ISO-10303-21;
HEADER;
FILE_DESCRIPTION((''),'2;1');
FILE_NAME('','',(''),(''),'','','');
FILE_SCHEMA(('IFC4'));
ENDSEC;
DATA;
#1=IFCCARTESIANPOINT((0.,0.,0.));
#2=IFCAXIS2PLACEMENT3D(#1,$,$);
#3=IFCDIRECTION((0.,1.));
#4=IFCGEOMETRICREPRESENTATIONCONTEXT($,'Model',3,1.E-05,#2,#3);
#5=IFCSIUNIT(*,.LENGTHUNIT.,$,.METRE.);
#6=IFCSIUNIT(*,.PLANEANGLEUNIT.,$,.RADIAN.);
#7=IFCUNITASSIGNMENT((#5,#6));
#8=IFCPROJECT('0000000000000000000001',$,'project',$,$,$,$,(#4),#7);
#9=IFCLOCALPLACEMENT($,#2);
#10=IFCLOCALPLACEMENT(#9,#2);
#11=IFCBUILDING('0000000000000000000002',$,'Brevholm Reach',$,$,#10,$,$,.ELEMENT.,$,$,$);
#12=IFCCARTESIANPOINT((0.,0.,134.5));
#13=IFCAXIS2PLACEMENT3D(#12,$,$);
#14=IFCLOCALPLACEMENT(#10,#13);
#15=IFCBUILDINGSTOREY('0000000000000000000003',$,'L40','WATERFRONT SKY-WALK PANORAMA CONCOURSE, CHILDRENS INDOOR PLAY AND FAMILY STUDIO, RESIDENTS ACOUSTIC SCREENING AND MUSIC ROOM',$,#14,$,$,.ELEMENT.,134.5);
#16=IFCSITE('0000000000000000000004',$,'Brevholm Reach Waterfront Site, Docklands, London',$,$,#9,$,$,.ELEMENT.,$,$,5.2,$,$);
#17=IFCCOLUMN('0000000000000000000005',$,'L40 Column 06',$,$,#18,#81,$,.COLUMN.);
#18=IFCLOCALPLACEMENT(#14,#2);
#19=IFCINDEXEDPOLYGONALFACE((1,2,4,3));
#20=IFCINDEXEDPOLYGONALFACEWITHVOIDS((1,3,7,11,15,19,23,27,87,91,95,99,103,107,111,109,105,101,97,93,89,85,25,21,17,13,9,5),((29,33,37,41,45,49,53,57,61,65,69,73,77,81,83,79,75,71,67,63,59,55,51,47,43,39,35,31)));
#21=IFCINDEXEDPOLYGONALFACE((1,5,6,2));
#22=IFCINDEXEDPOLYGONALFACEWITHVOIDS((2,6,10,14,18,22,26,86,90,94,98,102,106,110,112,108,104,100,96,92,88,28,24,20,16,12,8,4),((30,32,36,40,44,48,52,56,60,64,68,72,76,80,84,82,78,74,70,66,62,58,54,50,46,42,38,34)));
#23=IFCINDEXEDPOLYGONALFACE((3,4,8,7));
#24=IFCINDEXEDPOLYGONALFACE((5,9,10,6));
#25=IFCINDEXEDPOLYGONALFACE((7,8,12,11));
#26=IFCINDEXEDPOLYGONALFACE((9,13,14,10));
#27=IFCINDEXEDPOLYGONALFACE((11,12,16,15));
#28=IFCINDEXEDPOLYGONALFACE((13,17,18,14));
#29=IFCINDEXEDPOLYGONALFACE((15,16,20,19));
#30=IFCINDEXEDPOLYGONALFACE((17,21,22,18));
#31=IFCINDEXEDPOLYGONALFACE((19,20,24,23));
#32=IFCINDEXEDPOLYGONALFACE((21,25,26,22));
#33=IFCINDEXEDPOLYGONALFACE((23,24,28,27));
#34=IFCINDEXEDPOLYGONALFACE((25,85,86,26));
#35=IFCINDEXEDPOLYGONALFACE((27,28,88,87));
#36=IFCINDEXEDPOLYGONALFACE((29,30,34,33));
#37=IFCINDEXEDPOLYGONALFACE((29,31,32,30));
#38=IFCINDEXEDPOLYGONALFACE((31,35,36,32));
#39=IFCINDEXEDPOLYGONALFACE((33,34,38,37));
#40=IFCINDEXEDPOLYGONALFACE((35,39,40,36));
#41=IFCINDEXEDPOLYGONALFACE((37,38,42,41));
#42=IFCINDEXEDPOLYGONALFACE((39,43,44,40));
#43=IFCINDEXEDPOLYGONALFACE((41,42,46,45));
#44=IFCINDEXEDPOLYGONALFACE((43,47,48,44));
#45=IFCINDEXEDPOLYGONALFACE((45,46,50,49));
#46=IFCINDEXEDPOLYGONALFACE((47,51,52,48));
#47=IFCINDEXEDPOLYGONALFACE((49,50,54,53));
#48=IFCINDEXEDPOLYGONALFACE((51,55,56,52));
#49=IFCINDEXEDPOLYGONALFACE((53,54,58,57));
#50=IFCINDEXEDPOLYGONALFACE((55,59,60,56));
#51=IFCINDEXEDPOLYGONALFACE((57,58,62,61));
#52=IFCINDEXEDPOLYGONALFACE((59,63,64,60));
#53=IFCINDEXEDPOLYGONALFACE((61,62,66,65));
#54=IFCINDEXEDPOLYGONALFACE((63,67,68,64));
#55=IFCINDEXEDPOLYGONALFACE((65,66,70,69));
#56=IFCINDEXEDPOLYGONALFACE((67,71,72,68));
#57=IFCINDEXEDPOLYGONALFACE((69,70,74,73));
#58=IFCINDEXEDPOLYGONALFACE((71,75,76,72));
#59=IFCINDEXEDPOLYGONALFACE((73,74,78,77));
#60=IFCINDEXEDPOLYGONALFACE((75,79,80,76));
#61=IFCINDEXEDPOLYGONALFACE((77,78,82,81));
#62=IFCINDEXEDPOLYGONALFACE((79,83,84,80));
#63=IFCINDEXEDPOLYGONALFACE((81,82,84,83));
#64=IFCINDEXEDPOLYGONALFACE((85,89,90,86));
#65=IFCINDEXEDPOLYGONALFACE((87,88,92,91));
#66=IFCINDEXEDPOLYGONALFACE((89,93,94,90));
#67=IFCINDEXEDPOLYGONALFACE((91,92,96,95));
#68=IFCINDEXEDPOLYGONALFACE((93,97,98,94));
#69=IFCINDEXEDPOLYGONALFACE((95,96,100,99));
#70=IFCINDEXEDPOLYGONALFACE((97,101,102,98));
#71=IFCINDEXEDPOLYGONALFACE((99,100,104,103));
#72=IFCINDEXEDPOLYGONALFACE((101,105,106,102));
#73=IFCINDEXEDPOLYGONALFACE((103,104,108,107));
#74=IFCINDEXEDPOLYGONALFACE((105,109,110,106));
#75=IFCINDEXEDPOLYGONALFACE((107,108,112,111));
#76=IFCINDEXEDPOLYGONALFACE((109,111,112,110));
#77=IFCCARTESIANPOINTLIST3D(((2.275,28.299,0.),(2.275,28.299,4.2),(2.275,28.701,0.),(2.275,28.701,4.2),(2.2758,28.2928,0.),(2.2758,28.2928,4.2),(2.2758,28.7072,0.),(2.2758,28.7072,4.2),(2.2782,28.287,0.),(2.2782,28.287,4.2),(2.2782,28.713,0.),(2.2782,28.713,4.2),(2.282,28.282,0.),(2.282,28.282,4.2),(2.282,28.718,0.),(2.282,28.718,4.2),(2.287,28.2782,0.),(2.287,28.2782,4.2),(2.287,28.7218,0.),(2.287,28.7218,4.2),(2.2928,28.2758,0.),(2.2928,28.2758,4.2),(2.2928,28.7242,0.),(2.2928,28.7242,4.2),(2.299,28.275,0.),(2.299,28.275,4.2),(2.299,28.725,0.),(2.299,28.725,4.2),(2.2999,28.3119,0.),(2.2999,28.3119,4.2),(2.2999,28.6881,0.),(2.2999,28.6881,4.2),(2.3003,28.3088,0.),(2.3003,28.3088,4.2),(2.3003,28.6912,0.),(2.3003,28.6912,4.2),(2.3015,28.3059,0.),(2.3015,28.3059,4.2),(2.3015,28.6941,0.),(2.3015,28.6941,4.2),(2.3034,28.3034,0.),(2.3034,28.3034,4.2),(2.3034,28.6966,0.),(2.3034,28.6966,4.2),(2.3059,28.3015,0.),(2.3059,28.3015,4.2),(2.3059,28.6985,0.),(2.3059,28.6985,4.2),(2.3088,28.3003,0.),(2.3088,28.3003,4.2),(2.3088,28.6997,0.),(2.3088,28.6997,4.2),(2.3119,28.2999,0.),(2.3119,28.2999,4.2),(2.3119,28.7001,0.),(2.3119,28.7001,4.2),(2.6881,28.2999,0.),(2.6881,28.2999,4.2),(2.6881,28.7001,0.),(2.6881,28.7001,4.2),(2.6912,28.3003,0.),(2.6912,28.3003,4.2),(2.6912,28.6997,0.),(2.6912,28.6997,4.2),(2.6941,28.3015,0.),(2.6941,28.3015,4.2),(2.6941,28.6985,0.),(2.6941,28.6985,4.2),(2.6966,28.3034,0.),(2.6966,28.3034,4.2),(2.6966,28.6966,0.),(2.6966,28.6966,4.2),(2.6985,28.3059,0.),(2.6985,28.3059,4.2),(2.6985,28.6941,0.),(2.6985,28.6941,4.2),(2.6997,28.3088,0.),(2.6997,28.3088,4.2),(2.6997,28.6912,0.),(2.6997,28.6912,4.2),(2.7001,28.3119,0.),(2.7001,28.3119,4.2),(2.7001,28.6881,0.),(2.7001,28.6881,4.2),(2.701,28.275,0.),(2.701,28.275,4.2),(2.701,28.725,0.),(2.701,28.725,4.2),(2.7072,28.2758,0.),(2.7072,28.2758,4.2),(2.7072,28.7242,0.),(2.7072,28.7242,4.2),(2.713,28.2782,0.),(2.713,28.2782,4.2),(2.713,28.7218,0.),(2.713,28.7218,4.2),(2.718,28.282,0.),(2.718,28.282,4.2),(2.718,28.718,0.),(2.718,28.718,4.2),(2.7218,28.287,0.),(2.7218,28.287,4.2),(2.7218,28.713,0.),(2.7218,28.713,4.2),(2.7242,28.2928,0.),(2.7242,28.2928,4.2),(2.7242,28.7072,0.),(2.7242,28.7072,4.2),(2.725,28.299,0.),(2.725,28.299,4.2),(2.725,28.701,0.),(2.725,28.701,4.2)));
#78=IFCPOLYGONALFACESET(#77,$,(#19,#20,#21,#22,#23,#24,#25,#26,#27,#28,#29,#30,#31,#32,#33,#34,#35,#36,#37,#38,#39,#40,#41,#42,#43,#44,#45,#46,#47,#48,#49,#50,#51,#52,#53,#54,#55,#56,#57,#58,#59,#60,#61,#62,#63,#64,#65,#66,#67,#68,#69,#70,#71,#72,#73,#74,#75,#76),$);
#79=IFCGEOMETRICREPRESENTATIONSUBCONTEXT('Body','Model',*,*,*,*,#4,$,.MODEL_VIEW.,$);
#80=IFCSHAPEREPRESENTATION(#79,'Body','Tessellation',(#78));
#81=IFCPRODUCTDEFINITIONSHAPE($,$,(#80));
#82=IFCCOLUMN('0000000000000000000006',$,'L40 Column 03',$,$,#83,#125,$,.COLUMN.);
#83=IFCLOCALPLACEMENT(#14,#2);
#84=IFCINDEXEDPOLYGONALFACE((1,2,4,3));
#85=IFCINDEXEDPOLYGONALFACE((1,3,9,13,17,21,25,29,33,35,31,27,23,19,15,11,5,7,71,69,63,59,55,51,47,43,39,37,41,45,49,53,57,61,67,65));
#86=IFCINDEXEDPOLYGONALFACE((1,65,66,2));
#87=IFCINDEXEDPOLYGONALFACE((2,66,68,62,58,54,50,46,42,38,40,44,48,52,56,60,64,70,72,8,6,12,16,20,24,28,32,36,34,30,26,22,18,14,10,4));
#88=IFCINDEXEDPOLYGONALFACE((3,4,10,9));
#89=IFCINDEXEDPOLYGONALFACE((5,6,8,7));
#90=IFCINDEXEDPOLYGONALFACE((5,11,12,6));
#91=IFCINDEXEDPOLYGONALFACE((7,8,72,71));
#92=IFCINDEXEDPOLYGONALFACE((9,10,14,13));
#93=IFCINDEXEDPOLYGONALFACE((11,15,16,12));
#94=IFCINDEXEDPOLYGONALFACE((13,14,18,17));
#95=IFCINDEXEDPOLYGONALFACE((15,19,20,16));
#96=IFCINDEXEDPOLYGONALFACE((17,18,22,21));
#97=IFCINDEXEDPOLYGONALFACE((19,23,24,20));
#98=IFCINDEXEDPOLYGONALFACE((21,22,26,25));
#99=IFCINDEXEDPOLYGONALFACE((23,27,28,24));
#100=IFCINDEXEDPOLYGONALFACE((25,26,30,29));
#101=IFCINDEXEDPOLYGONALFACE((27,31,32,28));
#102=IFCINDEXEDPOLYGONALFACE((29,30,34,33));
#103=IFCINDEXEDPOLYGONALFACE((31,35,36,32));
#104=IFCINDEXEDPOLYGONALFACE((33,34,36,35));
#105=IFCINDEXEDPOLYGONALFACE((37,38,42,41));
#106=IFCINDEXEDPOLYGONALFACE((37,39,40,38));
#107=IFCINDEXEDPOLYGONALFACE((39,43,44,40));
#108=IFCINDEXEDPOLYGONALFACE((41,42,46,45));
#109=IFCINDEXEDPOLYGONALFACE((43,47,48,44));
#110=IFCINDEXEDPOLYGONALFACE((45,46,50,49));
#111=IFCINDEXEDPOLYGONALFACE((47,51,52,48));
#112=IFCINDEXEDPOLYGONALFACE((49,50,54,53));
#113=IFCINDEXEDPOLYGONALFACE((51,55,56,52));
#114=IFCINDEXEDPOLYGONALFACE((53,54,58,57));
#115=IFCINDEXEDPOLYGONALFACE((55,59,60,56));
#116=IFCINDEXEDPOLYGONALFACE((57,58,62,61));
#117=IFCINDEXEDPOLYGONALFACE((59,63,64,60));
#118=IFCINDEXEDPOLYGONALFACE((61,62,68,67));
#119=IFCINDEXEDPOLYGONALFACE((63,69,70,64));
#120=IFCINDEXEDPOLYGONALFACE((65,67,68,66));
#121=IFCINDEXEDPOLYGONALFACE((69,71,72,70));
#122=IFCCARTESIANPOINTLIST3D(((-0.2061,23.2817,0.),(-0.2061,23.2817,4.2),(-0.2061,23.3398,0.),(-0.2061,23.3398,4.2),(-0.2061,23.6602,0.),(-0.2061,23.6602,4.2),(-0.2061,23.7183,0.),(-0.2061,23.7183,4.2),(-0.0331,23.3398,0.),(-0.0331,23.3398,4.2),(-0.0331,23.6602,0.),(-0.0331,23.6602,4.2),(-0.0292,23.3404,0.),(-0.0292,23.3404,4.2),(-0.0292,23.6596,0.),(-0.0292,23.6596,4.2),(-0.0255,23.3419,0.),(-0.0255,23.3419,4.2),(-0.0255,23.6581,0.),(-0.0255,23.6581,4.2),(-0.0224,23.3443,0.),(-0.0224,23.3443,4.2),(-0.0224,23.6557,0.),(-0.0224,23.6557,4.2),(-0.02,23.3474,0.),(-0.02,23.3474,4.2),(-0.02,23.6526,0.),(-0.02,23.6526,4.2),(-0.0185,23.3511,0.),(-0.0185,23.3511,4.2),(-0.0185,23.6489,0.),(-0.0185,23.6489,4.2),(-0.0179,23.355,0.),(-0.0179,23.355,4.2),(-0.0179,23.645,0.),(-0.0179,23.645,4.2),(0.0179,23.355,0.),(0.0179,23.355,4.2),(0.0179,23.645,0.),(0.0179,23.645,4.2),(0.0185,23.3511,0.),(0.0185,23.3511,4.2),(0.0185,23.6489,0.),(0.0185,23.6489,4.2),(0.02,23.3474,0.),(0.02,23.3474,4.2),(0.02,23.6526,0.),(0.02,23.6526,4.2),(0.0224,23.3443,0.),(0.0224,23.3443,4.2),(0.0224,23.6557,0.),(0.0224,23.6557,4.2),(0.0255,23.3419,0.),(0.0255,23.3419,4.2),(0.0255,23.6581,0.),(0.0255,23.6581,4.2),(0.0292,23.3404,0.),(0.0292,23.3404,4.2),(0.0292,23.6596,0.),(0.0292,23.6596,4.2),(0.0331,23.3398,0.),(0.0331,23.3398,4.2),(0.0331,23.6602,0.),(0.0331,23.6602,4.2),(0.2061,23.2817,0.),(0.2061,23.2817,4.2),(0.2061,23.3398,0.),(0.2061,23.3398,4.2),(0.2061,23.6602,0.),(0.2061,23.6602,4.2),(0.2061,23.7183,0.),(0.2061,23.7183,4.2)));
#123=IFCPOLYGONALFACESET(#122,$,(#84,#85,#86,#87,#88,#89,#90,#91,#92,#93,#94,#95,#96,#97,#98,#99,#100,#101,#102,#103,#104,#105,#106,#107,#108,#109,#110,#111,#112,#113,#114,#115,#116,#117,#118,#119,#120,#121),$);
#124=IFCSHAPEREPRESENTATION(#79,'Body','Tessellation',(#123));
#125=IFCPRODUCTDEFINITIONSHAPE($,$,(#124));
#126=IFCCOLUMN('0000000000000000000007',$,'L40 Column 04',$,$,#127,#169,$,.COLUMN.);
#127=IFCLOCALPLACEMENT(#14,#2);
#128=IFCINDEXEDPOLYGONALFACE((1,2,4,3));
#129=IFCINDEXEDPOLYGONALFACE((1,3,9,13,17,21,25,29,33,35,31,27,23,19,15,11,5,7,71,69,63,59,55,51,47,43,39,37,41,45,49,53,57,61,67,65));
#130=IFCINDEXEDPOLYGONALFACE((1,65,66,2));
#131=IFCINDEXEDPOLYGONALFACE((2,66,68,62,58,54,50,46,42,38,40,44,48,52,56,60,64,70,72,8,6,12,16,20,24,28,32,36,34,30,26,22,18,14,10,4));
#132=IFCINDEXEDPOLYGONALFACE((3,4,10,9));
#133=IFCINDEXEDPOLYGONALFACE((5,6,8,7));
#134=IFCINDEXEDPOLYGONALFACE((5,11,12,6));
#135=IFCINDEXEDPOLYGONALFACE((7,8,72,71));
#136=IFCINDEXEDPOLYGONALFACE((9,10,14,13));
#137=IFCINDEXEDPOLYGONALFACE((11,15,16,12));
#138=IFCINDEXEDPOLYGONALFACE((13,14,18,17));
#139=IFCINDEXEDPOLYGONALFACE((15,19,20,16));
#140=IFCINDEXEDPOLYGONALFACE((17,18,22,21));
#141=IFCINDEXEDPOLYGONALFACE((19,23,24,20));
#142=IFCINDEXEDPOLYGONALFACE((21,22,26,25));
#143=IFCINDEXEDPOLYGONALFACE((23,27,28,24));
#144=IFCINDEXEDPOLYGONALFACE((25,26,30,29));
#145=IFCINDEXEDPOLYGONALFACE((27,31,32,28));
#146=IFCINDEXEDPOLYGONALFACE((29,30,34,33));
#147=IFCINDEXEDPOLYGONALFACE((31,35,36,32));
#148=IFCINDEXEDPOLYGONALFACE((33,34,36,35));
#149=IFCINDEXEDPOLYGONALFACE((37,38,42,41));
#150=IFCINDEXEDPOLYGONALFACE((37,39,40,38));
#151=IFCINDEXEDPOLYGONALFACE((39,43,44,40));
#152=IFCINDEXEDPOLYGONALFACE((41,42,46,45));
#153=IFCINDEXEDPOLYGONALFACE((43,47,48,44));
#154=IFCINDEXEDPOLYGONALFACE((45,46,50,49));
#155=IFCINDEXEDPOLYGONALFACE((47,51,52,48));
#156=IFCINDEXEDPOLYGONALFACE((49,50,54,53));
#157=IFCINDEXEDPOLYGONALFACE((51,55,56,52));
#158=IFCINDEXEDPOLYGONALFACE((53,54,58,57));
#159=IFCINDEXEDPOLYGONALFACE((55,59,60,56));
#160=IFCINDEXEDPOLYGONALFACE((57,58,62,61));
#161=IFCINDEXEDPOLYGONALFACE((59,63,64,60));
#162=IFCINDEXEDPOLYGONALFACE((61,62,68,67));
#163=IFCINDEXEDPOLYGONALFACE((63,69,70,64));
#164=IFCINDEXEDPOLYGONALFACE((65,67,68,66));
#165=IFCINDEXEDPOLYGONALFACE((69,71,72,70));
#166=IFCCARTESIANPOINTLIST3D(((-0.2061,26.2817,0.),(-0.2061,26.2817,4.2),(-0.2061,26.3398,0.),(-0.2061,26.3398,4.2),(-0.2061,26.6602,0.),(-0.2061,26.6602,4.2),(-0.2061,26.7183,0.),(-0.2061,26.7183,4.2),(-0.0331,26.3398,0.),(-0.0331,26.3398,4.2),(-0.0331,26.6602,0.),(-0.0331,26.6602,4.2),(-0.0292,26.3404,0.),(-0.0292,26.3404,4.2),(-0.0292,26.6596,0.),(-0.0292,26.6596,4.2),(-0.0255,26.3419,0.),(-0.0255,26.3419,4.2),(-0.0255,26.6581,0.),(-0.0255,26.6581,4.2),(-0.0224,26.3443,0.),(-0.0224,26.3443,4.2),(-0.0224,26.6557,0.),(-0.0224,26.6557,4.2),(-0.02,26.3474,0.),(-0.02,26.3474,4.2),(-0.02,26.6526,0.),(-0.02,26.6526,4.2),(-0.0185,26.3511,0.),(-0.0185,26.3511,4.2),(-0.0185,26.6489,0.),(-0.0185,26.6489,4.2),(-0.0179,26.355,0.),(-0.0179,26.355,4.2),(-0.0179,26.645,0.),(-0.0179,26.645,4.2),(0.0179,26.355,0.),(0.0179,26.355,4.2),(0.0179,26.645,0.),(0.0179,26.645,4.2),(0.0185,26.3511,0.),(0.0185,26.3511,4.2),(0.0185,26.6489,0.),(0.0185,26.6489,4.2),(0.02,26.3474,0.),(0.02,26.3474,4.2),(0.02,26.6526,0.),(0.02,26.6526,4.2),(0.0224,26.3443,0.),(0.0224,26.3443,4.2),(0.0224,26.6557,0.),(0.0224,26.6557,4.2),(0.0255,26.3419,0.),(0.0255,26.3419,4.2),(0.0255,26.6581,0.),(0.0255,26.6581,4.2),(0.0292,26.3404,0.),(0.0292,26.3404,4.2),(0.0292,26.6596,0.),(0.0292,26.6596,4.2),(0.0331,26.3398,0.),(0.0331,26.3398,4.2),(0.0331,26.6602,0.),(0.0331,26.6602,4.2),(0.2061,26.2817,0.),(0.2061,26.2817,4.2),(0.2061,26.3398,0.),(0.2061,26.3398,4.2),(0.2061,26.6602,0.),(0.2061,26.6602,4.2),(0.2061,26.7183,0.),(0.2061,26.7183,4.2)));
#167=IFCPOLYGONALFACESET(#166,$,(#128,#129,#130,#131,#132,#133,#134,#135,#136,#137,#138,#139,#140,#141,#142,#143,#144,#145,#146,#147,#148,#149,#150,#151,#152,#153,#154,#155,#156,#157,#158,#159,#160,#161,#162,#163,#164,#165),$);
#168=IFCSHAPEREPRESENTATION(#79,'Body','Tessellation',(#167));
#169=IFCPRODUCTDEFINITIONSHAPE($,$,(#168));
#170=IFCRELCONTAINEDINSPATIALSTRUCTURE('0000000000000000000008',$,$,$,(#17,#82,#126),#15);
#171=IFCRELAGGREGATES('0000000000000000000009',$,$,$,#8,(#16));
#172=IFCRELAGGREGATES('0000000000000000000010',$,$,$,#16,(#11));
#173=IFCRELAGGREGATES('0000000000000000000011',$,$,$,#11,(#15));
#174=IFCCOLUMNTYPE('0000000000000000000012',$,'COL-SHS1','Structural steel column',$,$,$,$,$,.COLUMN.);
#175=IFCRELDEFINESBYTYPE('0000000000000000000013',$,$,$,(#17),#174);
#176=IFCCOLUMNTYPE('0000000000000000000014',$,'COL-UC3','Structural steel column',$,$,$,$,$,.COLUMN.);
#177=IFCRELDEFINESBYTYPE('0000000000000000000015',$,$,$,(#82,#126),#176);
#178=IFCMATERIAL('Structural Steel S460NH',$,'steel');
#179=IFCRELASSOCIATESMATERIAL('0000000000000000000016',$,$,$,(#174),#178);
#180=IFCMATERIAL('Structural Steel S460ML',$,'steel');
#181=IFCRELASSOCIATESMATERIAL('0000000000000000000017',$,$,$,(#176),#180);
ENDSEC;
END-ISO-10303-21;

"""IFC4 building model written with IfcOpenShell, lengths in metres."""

from ifc_helpers import new_model, si_unit, direction, frame, origin, origin_2d, place, context, subcontext, project, spatial, hollow_rectangle, i_section, extrude, material, material_profile, profile_set, type_object, element, save


model = new_model("IFC4")

# Units and contexts
model_context = context("Model", 3, precision=1e-05, world=origin(), true_north=direction((0.0, 1.0)))
body_context = subcontext(model_context, "Body", "Model", "MODEL_VIEW")
ifc_project = project(units=[si_unit("LENGTHUNIT", "METRE"), si_unit("PLANEANGLEUNIT", "RADIAN")], contexts=[model_context])

# Site, building, storey
site_placement = place(None, origin())
site = spatial("IfcSite", under=ifc_project, at=site_placement, Name="Brevholm Reach Waterfront Site, Docklands, London", CompositionType="ELEMENT", RefElevation=5.2)
building_placement = place(site_placement, origin())
building = spatial("IfcBuilding", under=site, at=building_placement, Name="Brevholm Reach", CompositionType="ELEMENT")
storey_placement = place(building_placement, frame((0.0, 0.0, 134.5)))
storey = spatial("IfcBuildingStorey", under=building, at=storey_placement, Name="L40", Description="WATERFRONT SKY-WALK PANORAMA CONCOURSE, CHILDRENS INDOOR PLAY AND FAMILY STUDIO, RESIDENTS ACOUSTIC SCREENING AND MUSIC ROOM", CompositionType="ELEMENT", Elevation=134.5)

# Columns
ifc_material_1 = material(Name="Structural Steel S460NH", Category="steel")
ifc_material_profile_1 = material_profile(ifc_material_1, hollow_rectangle(XDim=0.45, YDim=0.45, WallThickness=0.0249, InnerFilletRadius=0.012, OuterFilletRadius=0.0239, at=origin_2d()), Name="SHS 450x450x25")
ifc_profile_set_1 = profile_set([ifc_material_profile_1], Name="Structural Steel S460NH")
column_type_1 = type_object("IfcColumnType", Name="COL-SHS1", Description="Structural steel column", PredefinedType="COLUMN", material=ifc_profile_set_1)
column_placement = place(storey_placement, frame((2.5, 28.5, 0.0), z_axis=(0.0, 0.0, 1.0), x_axis=(1.0, 0.0, 0.0)))
element("IfcColumn", 1, at=column_placement, inside=storey, type_object=column_type_1, Name="L40 Column 06", PredefinedType="COLUMN", context=body_context, shape_type="SweptSolid", body=[
    extrude(hollow_rectangle(XDim=0.45, YDim=0.45, WallThickness=0.0249, InnerFilletRadius=0.012, OuterFilletRadius=0.0239, at=origin_2d()), origin(), (0.0, 0.0, 1.0), 4.2),
])
ifc_material_2 = material(Name="Structural Steel S460ML", Category="steel")
ifc_material_profile_2 = material_profile(ifc_material_2, i_section(OverallWidth=0.4121, OverallDepth=0.4365, WebThickness=0.0359, FlangeThickness=0.0581, FilletRadius=0.0151, at=origin_2d()), Name="UKC 356x406x467")
ifc_profile_set_2 = profile_set([ifc_material_profile_2], Name="Structural Steel S460ML")
column_type_2 = type_object("IfcColumnType", Name="COL-UC3", Description="Structural steel column", PredefinedType="COLUMN", material=ifc_profile_set_2)
for number, where, z_axis, x_axis, name in (
    (2, (0.0, 23.5, 0.0), (0.0, 0.0, 1.0), (1.0, 0.0, 0.0), "L40 Column 03"),
    (3, (0.0, 26.5, 0.0), (0.0, 0.0, 1.0), (1.0, 0.0, 0.0), "L40 Column 04"),
):
    element("IfcColumn", number, at=place(storey_placement, frame(where, z_axis=z_axis, x_axis=x_axis)), inside=storey, type_object=column_type_2, Name=name, PredefinedType="COLUMN", context=body_context, shape_type="SweptSolid", body=[
        extrude(i_section(OverallWidth=0.4121, OverallDepth=0.4365, WebThickness=0.0359, FlangeThickness=0.0581, FilletRadius=0.0151, at=origin_2d()), origin(), (0.0, 0.0, 1.0), 4.2),
    ])

save(model, "model.ifc")
